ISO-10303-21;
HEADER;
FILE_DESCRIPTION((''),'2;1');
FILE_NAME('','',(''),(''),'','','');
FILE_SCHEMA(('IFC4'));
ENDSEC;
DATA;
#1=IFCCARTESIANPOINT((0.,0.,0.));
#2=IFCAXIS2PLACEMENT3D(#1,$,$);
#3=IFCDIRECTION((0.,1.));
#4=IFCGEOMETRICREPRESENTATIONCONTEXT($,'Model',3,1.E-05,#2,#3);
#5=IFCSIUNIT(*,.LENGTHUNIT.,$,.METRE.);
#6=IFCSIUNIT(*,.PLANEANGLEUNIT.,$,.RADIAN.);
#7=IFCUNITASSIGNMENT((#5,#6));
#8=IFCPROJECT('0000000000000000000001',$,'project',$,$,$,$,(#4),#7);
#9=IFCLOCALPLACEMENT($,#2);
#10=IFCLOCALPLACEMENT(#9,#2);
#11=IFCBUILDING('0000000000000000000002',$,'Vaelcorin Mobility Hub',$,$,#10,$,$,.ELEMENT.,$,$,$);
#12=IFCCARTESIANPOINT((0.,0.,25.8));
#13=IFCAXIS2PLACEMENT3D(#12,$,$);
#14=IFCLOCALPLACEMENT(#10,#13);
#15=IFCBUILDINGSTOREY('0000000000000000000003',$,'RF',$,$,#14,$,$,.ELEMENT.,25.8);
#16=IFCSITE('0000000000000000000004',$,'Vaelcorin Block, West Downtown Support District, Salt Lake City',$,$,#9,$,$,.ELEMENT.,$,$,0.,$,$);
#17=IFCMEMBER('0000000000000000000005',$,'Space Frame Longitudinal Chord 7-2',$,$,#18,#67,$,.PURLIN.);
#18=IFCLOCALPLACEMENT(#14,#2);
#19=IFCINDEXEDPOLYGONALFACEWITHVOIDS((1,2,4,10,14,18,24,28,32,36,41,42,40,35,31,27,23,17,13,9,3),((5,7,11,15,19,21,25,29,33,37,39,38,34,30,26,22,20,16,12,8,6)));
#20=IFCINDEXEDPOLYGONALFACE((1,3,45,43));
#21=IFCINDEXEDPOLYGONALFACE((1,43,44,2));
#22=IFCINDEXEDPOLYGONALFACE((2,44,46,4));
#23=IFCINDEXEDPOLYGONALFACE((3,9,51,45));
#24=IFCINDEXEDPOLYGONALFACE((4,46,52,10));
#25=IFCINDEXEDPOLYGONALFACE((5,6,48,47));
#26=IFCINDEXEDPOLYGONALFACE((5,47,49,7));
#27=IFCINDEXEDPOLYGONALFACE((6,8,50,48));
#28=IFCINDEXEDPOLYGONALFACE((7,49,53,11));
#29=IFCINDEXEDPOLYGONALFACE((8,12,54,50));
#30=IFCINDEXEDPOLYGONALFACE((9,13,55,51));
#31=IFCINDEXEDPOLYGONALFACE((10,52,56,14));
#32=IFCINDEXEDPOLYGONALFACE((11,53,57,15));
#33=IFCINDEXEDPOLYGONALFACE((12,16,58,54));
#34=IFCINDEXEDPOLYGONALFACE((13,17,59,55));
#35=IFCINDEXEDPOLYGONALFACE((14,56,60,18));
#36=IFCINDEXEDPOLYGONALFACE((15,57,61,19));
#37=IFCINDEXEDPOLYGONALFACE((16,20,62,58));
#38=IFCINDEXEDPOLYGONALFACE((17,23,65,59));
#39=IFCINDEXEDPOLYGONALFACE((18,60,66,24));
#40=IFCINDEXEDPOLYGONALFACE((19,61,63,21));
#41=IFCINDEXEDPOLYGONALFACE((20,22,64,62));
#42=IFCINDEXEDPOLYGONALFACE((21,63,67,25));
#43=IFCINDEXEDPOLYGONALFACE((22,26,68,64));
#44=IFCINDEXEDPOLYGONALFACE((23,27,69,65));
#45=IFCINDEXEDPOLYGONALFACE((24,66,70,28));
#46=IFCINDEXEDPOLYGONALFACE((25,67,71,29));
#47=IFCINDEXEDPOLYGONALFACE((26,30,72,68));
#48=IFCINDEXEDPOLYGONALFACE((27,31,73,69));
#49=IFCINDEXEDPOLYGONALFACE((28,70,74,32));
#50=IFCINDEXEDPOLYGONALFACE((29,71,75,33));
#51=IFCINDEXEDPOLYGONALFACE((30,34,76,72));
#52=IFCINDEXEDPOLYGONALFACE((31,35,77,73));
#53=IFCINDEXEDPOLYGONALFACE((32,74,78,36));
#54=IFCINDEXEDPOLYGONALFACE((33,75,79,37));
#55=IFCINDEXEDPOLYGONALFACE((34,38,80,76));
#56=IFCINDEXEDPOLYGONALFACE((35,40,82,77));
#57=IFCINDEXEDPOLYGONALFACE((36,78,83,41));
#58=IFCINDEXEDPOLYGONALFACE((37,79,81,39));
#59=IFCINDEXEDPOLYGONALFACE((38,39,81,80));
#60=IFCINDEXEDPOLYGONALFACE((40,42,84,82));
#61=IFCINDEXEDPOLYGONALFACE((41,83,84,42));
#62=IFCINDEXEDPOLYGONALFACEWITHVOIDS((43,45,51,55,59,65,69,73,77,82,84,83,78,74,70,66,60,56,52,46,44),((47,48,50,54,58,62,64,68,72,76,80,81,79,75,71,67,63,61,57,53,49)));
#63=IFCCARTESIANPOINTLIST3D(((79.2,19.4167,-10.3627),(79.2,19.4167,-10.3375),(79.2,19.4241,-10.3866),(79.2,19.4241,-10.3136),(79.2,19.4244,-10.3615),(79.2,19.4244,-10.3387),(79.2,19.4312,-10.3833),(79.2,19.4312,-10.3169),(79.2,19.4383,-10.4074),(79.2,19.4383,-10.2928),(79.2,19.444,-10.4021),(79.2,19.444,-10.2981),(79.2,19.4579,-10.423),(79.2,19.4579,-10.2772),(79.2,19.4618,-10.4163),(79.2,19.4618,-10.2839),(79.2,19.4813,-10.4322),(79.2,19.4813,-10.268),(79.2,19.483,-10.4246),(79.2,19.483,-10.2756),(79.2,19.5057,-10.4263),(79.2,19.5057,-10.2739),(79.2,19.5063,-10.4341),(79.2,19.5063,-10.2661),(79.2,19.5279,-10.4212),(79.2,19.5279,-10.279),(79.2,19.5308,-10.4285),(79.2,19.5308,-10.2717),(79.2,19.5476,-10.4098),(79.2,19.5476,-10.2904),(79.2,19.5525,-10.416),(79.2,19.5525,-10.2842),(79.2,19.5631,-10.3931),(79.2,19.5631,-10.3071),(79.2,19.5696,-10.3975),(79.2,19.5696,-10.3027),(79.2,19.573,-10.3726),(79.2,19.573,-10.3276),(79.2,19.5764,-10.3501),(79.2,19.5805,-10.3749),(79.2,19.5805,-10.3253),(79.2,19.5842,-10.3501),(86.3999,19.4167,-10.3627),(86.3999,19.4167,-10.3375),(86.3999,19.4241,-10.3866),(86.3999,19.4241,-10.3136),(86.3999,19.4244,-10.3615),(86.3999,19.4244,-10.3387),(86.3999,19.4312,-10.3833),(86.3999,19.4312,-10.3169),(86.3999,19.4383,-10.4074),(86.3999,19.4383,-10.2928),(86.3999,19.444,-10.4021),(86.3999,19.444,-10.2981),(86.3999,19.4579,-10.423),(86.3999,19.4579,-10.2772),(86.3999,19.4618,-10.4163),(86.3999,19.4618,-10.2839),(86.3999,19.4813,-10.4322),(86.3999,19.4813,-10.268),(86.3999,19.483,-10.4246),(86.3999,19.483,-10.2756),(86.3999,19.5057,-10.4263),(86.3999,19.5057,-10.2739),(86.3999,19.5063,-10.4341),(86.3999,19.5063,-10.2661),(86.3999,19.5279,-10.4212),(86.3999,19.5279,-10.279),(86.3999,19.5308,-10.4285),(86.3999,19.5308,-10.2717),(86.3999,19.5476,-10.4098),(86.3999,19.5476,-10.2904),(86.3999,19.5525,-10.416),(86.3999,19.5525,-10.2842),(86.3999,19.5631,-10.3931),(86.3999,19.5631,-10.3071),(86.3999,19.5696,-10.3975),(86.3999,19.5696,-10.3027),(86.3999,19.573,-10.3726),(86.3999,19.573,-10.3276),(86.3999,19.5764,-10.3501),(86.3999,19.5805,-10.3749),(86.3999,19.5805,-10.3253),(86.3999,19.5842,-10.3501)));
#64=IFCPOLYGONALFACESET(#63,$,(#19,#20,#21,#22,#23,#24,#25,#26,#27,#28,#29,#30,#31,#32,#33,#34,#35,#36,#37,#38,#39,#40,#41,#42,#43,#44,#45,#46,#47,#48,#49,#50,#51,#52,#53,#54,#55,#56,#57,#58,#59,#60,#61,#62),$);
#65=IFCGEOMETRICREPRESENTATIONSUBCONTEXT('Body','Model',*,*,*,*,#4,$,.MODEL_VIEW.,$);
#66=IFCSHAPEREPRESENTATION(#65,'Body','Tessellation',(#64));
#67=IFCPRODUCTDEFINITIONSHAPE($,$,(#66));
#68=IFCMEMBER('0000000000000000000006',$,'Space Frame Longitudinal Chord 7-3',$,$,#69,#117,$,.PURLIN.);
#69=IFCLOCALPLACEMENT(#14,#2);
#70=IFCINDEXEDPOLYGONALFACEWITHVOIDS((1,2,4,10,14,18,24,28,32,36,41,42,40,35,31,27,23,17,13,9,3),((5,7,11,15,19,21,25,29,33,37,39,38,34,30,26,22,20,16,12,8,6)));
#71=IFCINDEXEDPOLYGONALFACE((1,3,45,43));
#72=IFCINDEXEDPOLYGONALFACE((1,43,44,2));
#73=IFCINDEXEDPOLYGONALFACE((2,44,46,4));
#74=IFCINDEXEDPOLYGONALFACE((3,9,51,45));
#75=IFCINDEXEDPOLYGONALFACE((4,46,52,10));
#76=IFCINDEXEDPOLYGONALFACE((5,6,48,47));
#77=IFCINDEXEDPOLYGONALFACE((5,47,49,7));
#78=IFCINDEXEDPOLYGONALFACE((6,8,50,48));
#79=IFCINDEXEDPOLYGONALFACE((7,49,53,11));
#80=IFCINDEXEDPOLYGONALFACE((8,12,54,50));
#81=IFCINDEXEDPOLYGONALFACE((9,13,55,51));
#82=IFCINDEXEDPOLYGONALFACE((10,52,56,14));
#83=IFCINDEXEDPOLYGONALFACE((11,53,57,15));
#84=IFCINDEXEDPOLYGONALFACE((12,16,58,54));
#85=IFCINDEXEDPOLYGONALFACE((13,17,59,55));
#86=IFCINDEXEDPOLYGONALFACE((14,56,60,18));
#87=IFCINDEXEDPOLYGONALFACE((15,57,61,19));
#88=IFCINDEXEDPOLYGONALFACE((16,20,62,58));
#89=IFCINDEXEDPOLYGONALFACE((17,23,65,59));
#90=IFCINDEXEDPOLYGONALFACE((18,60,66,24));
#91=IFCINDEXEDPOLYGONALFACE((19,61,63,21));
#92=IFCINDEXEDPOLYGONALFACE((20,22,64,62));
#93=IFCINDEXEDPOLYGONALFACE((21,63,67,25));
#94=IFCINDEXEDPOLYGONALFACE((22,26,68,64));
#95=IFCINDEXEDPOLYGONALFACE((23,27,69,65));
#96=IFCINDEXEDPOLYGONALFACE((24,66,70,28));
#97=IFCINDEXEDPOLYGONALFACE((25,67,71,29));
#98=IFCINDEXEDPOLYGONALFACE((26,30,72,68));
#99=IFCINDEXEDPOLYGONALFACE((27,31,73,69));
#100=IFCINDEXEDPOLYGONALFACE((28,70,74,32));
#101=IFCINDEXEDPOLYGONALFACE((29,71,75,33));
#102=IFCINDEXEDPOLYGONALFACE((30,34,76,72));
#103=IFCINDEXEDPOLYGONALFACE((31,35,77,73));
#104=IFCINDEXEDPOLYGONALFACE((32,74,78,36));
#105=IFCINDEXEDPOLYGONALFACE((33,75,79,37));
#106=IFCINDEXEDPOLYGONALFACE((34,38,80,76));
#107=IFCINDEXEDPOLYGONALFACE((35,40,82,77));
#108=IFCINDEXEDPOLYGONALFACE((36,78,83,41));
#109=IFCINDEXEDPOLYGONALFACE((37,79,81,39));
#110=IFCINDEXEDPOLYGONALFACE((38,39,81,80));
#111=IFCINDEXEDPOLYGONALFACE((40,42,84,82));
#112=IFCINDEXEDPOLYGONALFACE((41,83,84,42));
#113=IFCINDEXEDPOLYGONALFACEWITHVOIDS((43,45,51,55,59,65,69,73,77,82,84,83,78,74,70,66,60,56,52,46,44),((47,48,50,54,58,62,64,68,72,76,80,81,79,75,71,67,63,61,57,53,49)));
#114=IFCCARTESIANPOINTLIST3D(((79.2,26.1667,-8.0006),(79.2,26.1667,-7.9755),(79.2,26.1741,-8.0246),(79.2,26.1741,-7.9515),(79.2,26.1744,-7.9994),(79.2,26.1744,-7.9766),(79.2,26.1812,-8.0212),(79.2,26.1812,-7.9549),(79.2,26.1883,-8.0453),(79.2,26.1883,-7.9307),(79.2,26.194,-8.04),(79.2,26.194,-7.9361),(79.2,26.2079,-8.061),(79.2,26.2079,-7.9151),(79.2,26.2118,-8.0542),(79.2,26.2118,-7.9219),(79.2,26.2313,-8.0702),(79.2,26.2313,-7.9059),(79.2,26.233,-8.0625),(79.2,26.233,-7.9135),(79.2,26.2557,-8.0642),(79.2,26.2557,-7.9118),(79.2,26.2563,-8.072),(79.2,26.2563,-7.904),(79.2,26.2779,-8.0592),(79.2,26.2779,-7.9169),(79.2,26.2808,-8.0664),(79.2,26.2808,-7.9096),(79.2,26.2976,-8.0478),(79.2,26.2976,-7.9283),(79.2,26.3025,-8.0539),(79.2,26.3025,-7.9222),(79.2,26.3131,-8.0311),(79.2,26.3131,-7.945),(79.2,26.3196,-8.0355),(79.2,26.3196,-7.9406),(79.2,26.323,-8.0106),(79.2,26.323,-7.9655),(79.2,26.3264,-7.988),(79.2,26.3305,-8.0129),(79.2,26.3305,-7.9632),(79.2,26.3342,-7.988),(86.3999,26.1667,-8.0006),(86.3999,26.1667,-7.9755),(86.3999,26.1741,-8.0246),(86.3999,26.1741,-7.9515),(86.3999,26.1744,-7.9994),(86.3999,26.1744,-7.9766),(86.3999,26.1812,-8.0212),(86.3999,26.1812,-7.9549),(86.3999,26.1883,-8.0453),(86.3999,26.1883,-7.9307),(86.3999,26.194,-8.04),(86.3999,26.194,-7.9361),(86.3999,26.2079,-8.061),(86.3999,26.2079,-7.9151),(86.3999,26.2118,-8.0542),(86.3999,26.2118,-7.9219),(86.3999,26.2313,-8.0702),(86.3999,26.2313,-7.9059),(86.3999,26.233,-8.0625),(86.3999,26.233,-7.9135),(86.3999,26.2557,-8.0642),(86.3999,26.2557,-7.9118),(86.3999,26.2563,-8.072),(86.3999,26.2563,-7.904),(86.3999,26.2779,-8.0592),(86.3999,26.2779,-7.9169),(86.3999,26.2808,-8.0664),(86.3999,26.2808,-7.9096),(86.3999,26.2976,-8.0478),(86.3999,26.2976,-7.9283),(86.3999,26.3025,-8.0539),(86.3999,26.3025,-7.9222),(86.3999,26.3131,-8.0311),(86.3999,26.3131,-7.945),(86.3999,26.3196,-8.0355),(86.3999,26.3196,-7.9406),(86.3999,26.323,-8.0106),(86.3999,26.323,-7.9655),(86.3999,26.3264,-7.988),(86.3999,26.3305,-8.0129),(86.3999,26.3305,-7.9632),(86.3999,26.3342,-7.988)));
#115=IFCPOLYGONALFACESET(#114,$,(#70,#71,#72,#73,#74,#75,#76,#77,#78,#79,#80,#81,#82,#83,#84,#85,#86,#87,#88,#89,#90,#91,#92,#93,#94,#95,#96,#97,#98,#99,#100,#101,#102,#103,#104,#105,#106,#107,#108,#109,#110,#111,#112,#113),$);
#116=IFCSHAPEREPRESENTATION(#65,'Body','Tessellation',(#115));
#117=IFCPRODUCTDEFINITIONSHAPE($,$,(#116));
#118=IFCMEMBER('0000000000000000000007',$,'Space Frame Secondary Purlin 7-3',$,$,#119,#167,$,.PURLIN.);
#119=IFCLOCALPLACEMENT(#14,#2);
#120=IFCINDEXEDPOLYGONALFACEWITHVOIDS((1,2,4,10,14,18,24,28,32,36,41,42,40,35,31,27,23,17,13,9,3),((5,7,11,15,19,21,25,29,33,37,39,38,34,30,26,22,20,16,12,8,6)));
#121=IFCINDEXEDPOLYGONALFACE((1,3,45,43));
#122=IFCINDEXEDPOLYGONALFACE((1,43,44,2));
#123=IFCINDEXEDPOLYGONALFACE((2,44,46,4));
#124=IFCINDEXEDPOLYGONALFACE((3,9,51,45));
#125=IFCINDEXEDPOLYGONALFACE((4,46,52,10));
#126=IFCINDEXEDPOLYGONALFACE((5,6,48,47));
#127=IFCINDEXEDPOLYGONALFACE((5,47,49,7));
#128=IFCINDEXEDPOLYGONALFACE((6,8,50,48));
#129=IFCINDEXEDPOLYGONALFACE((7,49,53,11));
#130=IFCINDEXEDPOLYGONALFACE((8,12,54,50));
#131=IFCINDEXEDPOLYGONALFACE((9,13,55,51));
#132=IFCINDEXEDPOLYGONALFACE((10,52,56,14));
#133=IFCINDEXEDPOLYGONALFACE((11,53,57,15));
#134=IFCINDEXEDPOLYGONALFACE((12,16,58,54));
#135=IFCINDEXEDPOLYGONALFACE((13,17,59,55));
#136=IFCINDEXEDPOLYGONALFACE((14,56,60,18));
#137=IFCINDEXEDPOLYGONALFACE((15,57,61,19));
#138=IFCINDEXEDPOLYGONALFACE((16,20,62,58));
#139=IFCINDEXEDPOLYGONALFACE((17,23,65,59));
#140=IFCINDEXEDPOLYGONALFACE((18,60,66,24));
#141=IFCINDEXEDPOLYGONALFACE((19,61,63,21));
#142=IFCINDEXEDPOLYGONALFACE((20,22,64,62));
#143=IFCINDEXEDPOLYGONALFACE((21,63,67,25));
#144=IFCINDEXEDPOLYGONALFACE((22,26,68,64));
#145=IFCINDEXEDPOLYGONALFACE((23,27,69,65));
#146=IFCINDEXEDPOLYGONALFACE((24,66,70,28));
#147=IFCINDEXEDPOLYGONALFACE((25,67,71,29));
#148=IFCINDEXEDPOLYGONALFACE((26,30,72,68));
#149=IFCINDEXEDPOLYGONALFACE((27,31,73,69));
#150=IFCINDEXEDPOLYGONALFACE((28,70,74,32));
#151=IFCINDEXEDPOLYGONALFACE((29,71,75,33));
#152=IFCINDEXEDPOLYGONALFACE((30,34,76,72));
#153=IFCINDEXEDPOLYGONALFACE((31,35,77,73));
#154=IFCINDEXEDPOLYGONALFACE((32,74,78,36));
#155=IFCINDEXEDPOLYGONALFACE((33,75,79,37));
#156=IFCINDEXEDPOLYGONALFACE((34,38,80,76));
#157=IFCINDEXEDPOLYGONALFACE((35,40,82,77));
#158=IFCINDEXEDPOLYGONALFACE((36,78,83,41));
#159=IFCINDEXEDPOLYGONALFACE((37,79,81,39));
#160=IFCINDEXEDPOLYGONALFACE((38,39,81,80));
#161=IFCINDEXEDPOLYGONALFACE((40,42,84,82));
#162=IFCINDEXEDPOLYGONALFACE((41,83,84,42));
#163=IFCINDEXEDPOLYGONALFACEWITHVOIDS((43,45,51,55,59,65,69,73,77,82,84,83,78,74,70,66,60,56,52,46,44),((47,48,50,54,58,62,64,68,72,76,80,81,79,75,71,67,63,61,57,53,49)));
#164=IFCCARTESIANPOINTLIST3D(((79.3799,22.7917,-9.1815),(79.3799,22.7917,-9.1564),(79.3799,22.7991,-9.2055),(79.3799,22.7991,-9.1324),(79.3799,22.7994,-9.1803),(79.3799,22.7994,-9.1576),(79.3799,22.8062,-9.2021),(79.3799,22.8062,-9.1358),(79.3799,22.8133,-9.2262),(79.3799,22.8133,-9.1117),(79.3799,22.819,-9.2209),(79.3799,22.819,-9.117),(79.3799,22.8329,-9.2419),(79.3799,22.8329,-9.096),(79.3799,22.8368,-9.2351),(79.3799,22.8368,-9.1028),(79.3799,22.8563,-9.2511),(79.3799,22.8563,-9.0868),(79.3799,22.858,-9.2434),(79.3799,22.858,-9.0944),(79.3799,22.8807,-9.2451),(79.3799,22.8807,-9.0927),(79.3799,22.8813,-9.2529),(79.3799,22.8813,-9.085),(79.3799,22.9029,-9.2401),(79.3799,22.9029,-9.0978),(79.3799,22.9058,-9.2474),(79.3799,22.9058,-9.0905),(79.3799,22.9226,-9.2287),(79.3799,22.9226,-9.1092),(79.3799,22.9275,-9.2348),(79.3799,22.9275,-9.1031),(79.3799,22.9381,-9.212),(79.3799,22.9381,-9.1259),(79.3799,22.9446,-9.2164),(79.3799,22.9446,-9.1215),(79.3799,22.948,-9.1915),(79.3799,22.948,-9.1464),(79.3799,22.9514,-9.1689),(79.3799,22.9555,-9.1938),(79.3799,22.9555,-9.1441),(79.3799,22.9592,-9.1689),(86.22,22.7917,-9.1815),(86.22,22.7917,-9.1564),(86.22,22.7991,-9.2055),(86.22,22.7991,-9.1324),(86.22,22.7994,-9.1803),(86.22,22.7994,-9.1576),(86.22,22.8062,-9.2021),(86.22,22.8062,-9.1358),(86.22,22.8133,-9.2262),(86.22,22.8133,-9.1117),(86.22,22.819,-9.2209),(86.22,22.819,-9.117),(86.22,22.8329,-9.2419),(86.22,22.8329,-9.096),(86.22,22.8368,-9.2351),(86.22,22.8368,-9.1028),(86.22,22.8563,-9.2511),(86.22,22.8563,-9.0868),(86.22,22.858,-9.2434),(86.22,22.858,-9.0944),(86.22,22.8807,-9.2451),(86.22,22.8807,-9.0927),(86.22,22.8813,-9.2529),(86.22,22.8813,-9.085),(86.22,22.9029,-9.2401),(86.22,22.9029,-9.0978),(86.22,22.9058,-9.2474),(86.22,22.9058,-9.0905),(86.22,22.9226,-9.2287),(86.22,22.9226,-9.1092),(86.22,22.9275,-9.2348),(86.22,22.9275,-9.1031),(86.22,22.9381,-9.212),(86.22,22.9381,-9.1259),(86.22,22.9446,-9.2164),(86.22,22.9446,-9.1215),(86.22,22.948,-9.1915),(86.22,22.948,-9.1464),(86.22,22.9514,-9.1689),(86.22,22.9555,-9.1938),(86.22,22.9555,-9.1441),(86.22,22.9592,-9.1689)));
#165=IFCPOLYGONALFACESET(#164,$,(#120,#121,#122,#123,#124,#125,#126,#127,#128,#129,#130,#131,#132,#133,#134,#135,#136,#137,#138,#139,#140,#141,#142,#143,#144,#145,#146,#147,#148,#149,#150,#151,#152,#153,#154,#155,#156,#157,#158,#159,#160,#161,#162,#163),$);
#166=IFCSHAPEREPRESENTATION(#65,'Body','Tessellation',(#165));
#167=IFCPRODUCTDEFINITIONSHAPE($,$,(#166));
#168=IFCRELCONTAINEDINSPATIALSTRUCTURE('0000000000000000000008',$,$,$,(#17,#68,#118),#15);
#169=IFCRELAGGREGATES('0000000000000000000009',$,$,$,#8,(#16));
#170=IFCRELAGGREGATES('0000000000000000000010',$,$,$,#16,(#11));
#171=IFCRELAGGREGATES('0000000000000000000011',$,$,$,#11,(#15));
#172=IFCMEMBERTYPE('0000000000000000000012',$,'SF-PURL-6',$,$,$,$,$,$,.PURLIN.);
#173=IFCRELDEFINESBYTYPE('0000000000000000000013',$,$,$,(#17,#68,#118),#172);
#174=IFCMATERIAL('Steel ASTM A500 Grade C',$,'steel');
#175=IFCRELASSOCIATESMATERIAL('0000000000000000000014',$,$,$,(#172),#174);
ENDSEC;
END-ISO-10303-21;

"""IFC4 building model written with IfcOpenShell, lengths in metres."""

from ifc_helpers import new_model, si_unit, direction, frame, origin, origin_2d, place, context, subcontext, project, spatial, hollow_circle, extrude, material, material_profile, profile_set, type_object, element, save


model = new_model("IFC4")

# Units and contexts
model_context = context("Model", 3, precision=1e-05, world=origin(), true_north=direction((0.0, 1.0)))
body_context = subcontext(model_context, "Body", "Model", "MODEL_VIEW")
ifc_project = project(units=[si_unit("LENGTHUNIT", "METRE"), si_unit("PLANEANGLEUNIT", "RADIAN")], contexts=[model_context])

# Site, building, storey
site_placement = place(None, origin())
site = spatial("IfcSite", under=ifc_project, at=site_placement, Name="Vaelcorin Block, West Downtown Support District, Salt Lake City", CompositionType="ELEMENT", RefElevation=0.0)
building_placement = place(site_placement, origin())
building = spatial("IfcBuilding", under=site, at=building_placement, Name="Vaelcorin Mobility Hub", CompositionType="ELEMENT")
storey_placement = place(building_placement, frame((0.0, 0.0, 25.8)))
storey = spatial("IfcBuildingStorey", under=building, at=storey_placement, Name="RF", CompositionType="ELEMENT", Elevation=25.8)

# Members
ifc_material_1 = material(Name="Steel ASTM A500 Grade C", Category="steel")
ifc_material_profile_1 = material_profile(ifc_material_1, hollow_circle(Radius=0.0842, WallThickness=0.0078, at=origin_2d()), Name="HSS6.625X0.312")
ifc_profile_set_1 = profile_set([ifc_material_profile_1], Name="Steel ASTM A500 Grade C")
member_type_1 = type_object("IfcMemberType", Name="SF-PURL-6", PredefinedType="PURLIN", material=ifc_profile_set_1)
for number, where, z_axis, x_axis, name in (
    (1, (79.2, 19.5, -10.3501), (1.0, 0.0, 0.0), (0.0, 1.0, 0.0), "Space Frame Longitudinal Chord 7-2"),
    (2, (79.2, 26.25, -7.988), (1.0, 0.0, 0.0), (0.0, 1.0, 0.0), "Space Frame Longitudinal Chord 7-3"),
):
    element("IfcMember", number, at=place(storey_placement, frame(where, z_axis=z_axis, x_axis=x_axis)), inside=storey, type_object=member_type_1, Name=name, PredefinedType="PURLIN", context=body_context, shape_type="SweptSolid", body=[
        extrude(hollow_circle(Radius=0.0842, WallThickness=0.0078, at=origin_2d()), origin(), (0.0, 0.0, 1.0), 7.2),
    ])
for number, where, z_axis, x_axis, name in (
    (3, (79.3799, 22.875, -9.1689), (1.0, 0.0, 0.0), (0.0, 1.0, 0.0), "Space Frame Secondary Purlin 7-3"),
):
    element("IfcMember", number, at=place(storey_placement, frame(where, z_axis=z_axis, x_axis=x_axis)), inside=storey, type_object=member_type_1, Name=name, PredefinedType="PURLIN", context=body_context, shape_type="SweptSolid", body=[
        extrude(hollow_circle(Radius=0.0842, WallThickness=0.0078, at=origin_2d()), origin(), (0.0, 0.0, 1.0), 6.8401),
    ])

save(model, "model.ifc")
